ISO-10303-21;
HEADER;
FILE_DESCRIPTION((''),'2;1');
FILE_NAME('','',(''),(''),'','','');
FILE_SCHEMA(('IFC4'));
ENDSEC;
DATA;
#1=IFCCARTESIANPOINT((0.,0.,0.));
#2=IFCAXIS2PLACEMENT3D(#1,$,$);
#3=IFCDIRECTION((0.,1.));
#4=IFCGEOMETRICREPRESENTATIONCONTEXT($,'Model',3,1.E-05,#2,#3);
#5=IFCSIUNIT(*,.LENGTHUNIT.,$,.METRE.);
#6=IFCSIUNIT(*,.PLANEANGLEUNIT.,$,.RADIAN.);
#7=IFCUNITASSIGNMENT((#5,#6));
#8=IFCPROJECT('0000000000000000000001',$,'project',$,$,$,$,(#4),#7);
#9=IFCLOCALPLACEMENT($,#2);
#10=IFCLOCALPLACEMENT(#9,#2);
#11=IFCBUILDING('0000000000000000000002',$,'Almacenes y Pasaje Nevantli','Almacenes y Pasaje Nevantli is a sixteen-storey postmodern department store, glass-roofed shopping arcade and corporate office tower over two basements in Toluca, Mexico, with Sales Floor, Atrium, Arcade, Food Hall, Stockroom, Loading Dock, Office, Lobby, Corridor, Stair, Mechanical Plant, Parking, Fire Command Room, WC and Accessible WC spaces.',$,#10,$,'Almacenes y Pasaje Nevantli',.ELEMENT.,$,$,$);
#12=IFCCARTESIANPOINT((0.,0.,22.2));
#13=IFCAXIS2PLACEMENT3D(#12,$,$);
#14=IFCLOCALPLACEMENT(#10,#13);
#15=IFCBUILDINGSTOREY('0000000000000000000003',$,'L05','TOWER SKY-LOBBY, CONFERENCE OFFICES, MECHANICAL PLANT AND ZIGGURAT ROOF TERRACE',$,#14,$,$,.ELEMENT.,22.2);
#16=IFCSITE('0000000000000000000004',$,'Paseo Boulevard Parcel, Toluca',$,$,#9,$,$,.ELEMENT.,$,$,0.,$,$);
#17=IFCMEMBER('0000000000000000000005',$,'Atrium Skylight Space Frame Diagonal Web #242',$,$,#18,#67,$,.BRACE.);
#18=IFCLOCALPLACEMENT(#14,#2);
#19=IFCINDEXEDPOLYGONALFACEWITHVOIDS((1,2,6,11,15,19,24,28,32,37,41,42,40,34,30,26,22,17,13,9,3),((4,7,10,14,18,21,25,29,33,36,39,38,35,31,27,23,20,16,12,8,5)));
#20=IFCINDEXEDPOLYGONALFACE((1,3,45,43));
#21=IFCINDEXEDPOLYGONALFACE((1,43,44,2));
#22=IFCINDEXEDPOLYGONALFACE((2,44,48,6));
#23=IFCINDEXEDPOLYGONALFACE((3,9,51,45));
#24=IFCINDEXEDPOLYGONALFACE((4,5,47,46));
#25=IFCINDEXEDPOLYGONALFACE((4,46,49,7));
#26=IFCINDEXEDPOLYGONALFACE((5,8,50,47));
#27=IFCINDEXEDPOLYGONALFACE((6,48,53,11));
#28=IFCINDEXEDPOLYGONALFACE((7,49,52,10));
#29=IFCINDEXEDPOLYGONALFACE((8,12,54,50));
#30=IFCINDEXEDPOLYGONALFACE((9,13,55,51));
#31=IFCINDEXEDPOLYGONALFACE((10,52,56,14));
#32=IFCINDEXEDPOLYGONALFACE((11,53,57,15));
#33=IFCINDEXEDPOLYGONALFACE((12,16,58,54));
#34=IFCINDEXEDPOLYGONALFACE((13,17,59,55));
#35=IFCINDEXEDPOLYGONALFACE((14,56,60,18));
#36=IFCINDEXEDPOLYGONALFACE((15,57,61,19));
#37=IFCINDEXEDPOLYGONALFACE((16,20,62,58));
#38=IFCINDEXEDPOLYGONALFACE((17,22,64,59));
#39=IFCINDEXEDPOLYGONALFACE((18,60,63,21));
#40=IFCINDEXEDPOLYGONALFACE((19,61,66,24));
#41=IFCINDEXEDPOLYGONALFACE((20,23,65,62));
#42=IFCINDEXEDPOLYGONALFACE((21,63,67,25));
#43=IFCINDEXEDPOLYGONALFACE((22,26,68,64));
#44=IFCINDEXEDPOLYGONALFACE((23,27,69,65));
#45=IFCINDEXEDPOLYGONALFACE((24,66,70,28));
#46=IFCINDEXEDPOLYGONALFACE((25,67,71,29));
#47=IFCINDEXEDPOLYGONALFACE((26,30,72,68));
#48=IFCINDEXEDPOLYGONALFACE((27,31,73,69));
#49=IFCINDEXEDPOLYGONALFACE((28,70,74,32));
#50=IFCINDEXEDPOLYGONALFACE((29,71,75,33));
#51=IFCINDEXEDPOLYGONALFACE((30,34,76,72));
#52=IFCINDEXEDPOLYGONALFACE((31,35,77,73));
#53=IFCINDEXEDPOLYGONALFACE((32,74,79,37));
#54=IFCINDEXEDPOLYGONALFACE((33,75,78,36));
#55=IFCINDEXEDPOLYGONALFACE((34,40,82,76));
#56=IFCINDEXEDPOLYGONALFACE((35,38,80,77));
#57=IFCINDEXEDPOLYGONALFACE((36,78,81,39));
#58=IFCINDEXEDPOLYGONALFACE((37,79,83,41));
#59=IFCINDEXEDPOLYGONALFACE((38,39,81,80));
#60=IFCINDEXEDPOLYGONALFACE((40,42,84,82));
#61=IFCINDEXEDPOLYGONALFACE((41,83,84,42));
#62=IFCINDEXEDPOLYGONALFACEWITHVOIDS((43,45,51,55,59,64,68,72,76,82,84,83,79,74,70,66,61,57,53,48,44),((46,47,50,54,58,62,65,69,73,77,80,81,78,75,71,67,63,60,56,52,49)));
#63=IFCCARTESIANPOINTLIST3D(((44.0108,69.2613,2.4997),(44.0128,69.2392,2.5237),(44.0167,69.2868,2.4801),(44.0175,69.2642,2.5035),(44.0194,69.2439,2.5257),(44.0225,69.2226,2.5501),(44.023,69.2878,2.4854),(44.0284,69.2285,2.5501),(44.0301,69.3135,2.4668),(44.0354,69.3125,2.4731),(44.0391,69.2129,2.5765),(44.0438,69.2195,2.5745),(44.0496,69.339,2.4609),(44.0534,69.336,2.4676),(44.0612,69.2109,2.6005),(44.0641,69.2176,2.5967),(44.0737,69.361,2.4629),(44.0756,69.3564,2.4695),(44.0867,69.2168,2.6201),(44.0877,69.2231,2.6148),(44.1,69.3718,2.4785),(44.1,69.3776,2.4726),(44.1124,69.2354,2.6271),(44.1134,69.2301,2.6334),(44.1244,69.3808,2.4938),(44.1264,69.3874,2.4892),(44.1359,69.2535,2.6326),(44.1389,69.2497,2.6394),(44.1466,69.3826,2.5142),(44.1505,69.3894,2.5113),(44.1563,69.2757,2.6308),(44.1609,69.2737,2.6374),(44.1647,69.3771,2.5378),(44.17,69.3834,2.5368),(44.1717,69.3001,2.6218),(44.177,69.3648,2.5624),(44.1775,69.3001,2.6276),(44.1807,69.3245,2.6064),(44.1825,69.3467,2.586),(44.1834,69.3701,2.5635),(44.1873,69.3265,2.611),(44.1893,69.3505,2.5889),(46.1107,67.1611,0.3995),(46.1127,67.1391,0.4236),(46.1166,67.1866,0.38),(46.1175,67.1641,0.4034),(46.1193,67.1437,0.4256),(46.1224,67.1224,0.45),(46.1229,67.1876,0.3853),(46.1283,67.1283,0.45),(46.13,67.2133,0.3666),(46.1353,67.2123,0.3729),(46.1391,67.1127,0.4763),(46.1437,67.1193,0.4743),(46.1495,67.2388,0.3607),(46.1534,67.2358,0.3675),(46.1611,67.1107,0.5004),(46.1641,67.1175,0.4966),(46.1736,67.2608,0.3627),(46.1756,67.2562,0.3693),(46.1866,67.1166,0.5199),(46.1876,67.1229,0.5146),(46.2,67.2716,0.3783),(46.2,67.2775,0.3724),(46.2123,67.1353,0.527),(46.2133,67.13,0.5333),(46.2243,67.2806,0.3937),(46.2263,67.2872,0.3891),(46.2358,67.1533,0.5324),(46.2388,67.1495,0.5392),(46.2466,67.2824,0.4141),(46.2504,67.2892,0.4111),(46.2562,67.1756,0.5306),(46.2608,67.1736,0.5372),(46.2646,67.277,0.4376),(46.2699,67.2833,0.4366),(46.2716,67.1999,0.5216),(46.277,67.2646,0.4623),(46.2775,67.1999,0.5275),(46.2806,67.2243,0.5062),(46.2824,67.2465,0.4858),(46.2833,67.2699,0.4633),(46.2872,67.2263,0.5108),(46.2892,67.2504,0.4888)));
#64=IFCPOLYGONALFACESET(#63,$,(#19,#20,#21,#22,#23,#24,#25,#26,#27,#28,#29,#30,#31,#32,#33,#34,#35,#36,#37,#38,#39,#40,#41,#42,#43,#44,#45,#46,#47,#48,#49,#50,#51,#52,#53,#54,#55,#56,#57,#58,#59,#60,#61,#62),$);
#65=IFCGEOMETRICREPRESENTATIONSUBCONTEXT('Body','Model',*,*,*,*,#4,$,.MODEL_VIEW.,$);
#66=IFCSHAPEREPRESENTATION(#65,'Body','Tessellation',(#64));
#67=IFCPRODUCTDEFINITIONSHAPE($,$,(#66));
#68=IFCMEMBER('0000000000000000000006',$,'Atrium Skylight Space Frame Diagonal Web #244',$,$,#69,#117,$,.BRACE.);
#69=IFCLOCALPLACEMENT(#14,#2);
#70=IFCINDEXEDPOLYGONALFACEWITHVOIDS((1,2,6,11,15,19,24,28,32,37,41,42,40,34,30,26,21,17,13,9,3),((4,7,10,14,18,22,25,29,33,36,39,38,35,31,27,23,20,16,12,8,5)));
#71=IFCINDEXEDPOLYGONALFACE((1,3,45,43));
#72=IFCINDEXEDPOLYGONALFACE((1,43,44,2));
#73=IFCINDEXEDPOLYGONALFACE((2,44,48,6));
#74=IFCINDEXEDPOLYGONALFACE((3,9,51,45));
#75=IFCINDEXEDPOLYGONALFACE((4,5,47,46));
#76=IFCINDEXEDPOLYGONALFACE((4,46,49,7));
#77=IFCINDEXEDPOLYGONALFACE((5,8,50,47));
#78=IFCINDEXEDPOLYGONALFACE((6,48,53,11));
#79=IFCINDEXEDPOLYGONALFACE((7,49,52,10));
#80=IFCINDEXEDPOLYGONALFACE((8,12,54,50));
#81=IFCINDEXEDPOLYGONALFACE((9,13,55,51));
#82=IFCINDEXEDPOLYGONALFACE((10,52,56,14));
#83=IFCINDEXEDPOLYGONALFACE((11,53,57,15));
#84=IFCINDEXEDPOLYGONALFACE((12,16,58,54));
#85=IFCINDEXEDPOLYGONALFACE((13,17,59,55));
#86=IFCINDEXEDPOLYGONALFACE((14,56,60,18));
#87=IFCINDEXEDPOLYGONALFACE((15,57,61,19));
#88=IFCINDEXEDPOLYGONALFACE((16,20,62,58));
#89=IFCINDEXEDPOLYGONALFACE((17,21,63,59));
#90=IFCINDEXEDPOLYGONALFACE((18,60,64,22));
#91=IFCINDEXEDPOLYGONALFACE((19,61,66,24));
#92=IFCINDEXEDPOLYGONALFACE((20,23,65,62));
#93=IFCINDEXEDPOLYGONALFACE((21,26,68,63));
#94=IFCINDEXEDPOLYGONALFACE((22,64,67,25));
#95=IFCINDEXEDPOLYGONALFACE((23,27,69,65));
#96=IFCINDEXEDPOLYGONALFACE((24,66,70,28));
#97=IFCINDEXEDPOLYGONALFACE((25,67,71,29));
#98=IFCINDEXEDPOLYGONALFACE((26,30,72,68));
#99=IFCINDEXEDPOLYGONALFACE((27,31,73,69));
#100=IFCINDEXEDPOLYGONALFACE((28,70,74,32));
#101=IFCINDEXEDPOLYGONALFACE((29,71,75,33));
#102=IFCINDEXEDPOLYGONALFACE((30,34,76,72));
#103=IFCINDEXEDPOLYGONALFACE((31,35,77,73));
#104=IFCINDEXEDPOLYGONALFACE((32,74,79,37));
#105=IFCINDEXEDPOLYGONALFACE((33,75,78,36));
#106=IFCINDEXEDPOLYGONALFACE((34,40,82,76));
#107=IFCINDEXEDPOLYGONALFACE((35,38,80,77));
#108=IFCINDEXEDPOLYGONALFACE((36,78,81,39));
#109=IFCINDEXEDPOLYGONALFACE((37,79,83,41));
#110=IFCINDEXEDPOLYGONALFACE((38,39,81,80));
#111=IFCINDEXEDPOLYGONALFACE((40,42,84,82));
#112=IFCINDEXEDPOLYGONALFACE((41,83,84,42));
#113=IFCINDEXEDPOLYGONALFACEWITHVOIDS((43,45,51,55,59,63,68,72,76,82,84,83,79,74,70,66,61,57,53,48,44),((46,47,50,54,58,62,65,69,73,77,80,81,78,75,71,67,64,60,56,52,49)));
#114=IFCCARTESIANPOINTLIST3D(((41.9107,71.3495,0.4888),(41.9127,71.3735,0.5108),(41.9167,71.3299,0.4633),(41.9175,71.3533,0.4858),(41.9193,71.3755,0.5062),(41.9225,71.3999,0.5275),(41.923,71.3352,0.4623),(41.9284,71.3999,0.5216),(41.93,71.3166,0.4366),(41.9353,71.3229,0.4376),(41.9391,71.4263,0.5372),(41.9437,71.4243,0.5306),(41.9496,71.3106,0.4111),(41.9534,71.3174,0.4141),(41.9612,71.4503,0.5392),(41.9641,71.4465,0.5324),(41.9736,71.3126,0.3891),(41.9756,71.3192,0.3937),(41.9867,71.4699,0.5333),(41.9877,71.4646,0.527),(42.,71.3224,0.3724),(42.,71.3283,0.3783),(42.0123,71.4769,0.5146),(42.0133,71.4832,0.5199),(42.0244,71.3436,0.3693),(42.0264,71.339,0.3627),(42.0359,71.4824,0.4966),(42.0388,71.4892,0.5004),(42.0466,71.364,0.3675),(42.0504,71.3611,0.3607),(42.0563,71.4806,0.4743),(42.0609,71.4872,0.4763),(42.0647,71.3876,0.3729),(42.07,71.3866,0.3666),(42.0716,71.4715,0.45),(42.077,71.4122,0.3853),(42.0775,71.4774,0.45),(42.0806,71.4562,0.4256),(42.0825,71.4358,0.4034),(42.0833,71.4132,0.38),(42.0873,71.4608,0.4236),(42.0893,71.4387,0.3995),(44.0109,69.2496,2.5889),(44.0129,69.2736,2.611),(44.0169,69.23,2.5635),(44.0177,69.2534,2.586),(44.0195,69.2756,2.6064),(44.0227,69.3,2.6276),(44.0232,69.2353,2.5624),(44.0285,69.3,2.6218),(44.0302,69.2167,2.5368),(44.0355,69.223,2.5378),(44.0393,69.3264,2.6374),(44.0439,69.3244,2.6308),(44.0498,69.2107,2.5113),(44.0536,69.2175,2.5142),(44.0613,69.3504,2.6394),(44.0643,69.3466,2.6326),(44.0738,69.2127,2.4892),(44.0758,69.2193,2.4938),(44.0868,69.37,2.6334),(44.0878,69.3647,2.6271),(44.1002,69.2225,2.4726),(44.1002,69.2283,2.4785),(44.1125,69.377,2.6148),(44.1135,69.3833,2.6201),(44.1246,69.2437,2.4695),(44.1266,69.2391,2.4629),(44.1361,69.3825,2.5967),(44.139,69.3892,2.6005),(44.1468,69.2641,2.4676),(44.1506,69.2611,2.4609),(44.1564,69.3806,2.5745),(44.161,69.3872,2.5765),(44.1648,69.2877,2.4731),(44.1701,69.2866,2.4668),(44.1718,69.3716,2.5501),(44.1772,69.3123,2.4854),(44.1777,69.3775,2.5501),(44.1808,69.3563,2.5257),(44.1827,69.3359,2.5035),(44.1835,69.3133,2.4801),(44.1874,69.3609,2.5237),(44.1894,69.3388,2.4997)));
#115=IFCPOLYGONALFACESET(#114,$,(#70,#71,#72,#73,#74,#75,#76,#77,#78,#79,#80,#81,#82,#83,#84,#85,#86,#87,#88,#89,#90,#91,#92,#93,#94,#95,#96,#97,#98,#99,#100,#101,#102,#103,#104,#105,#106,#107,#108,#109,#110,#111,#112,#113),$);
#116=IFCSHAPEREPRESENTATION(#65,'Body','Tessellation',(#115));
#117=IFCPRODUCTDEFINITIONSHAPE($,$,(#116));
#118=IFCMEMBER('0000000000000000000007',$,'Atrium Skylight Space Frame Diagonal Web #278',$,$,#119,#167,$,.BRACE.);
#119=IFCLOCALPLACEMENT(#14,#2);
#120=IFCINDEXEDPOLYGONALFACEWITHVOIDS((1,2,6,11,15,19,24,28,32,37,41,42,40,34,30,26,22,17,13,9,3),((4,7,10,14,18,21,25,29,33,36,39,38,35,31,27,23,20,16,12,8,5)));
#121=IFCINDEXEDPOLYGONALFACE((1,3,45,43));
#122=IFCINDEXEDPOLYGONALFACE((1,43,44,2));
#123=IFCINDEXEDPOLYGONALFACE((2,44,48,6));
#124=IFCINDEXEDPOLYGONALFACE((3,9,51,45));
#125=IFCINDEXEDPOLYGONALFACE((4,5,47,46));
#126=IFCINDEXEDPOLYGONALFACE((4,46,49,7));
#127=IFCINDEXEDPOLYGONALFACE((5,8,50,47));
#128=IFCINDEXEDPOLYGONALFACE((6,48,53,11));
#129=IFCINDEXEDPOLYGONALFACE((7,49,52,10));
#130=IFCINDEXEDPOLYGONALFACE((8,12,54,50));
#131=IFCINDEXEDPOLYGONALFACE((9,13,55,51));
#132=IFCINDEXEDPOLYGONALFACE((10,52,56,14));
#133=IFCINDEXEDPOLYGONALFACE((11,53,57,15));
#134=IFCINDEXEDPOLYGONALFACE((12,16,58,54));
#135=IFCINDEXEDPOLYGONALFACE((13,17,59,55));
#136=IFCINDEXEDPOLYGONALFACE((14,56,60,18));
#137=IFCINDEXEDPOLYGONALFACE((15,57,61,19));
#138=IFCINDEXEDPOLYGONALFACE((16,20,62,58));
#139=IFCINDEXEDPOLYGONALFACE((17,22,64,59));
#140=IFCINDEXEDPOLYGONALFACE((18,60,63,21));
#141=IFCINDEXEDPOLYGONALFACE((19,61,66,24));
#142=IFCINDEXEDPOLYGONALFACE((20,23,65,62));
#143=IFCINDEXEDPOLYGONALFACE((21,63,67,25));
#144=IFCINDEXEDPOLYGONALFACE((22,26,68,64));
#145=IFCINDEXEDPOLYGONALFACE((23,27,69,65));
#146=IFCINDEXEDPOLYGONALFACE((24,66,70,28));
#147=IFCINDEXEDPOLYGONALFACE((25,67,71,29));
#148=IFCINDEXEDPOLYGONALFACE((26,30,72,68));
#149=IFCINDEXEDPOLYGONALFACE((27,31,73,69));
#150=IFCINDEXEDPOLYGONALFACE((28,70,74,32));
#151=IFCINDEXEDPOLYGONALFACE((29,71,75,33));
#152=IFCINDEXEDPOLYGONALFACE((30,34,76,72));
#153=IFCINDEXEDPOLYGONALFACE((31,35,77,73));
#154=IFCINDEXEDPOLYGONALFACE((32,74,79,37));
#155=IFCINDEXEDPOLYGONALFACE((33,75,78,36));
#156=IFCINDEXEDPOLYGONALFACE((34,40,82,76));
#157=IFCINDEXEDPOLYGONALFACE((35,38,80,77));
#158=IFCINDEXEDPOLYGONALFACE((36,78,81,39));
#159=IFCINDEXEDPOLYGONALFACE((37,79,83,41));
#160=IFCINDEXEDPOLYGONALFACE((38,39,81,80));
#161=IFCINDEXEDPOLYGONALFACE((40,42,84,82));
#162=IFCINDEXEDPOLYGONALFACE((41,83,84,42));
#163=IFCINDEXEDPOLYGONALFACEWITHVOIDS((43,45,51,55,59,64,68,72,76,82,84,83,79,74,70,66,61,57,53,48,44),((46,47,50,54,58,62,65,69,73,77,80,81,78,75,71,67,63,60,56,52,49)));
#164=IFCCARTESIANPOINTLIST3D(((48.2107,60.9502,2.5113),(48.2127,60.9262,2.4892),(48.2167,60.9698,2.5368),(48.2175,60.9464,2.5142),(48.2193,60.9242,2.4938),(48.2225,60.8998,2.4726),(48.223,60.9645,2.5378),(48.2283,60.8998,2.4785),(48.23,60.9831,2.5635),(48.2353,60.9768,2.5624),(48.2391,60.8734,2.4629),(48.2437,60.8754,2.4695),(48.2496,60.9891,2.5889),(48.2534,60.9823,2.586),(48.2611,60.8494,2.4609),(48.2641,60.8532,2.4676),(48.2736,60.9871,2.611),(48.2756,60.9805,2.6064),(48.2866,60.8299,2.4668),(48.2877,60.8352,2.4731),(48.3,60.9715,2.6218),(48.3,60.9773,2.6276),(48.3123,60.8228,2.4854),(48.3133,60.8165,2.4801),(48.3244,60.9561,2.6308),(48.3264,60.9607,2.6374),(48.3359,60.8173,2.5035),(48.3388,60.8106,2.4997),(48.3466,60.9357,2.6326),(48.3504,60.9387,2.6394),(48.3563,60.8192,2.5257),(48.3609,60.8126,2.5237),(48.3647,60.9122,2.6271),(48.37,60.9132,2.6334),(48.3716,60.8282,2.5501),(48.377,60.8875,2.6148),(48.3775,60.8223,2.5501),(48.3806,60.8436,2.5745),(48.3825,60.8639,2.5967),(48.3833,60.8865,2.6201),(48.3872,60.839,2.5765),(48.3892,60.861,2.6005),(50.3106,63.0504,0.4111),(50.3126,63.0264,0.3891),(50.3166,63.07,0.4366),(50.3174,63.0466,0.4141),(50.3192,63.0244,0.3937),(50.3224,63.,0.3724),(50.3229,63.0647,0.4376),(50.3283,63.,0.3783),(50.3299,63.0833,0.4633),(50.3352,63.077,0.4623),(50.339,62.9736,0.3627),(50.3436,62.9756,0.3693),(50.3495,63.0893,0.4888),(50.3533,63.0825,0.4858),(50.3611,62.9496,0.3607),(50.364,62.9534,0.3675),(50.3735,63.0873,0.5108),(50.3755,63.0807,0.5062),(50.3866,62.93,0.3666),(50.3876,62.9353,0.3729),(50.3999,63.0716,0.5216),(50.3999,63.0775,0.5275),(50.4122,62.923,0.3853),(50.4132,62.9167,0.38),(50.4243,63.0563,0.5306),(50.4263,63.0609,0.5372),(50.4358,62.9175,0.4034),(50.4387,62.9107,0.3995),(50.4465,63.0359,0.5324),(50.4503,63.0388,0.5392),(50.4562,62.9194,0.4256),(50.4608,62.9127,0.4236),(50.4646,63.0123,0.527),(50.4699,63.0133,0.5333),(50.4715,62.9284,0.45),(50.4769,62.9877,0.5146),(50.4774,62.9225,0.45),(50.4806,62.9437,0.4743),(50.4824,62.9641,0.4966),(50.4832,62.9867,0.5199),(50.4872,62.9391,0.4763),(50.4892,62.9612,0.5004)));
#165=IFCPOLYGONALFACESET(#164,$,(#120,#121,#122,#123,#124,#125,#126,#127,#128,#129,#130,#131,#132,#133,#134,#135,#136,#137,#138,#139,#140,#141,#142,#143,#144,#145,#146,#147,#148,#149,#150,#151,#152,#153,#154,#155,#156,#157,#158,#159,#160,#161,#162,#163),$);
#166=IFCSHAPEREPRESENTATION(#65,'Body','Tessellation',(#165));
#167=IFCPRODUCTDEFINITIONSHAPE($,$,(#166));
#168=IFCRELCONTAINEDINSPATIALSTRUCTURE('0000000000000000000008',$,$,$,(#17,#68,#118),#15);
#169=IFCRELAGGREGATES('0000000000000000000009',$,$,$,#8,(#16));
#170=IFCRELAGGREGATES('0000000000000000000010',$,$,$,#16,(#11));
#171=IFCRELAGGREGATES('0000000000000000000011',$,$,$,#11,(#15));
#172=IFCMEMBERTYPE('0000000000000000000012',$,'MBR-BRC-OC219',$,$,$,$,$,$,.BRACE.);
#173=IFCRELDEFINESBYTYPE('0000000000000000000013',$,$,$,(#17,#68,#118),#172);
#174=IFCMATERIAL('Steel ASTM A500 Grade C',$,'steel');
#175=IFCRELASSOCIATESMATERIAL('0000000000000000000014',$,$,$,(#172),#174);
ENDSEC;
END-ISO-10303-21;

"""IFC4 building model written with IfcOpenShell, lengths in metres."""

from ifc_helpers import new_model, si_unit, direction, frame, origin, origin_2d, place, context, subcontext, project, spatial, hollow_circle, extrude, material, material_profile, profile_set, type_object, element, save


model = new_model("IFC4")

# Units and contexts
model_context = context("Model", 3, precision=1e-05, world=origin(), true_north=direction((0.0, 1.0)))
body_context = subcontext(model_context, "Body", "Model", "MODEL_VIEW")
ifc_project = project(units=[si_unit("LENGTHUNIT", "METRE"), si_unit("PLANEANGLEUNIT", "RADIAN")], contexts=[model_context])

# Site, building, storey
site_placement = place(None, origin())
site = spatial("IfcSite", under=ifc_project, at=site_placement, Name="Paseo Boulevard Parcel, Toluca", CompositionType="ELEMENT", RefElevation=0.0)
building_placement = place(site_placement, origin())
building = spatial("IfcBuilding", under=site, at=building_placement, Name="Almacenes y Pasaje Nevantli", Description="Almacenes y Pasaje Nevantli is a sixteen-storey postmodern department store, glass-roofed shopping arcade and corporate office tower over two basements in Toluca, Mexico, with Sales Floor, Atrium, Arcade, Food Hall, Stockroom, Loading Dock, Office, Lobby, Corridor, Stair, Mechanical Plant, Parking, Fire Command Room, WC and Accessible WC spaces.", LongName="Almacenes y Pasaje Nevantli", CompositionType="ELEMENT")
storey_placement = place(building_placement, frame((0.0, 0.0, 22.2)))
storey = spatial("IfcBuildingStorey", under=building, at=storey_placement, Name="L05", Description="TOWER SKY-LOBBY, CONFERENCE OFFICES, MECHANICAL PLANT AND ZIGGURAT ROOF TERRACE", CompositionType="ELEMENT", Elevation=22.2)

# Members
ifc_material_1 = material(Name="Steel ASTM A500 Grade C", Category="steel")
ifc_material_profile_1 = material_profile(ifc_material_1, hollow_circle(Radius=0.1096, WallThickness=0.0083, at=origin_2d()), Name="OC 219x8.2")
ifc_profile_set_1 = profile_set([ifc_material_profile_1], Name="Steel ASTM A500 Grade C")
member_type_1 = type_object("IfcMemberType", Name="MBR-BRC-OC219", PredefinedType="BRACE", material=ifc_profile_set_1)
for number, where, z_axis, x_axis, name in (
    (1, (46.2, 67.2, 0.45), (-0.577306, 0.577373, 0.577373), (-0.707148, -0.707066, 0.0), "Atrium Skylight Space Frame Diagonal Web #242"),
    (2, (42.0, 71.3999, 0.45), (0.577373, -0.577306, 0.577373), (0.707066, 0.707148, 0.0), "Atrium Skylight Space Frame Diagonal Web #244"),
    (3, (50.3999, 63.0, 0.45), (-0.577306, -0.577373, 0.577373), (0.707148, -0.707066, 0.0), "Atrium Skylight Space Frame Diagonal Web #278"),
):
    element("IfcMember", number, at=place(storey_placement, frame(where, z_axis=z_axis, x_axis=x_axis)), inside=storey, type_object=member_type_1, Name=name, PredefinedType="BRACE", context=body_context, shape_type="SweptSolid", body=[
        extrude(hollow_circle(Radius=0.1096, WallThickness=0.0083, at=origin_2d()), origin(), (0.0, 0.0, 1.0), 3.6375),
    ])

save(model, "model.ifc")
